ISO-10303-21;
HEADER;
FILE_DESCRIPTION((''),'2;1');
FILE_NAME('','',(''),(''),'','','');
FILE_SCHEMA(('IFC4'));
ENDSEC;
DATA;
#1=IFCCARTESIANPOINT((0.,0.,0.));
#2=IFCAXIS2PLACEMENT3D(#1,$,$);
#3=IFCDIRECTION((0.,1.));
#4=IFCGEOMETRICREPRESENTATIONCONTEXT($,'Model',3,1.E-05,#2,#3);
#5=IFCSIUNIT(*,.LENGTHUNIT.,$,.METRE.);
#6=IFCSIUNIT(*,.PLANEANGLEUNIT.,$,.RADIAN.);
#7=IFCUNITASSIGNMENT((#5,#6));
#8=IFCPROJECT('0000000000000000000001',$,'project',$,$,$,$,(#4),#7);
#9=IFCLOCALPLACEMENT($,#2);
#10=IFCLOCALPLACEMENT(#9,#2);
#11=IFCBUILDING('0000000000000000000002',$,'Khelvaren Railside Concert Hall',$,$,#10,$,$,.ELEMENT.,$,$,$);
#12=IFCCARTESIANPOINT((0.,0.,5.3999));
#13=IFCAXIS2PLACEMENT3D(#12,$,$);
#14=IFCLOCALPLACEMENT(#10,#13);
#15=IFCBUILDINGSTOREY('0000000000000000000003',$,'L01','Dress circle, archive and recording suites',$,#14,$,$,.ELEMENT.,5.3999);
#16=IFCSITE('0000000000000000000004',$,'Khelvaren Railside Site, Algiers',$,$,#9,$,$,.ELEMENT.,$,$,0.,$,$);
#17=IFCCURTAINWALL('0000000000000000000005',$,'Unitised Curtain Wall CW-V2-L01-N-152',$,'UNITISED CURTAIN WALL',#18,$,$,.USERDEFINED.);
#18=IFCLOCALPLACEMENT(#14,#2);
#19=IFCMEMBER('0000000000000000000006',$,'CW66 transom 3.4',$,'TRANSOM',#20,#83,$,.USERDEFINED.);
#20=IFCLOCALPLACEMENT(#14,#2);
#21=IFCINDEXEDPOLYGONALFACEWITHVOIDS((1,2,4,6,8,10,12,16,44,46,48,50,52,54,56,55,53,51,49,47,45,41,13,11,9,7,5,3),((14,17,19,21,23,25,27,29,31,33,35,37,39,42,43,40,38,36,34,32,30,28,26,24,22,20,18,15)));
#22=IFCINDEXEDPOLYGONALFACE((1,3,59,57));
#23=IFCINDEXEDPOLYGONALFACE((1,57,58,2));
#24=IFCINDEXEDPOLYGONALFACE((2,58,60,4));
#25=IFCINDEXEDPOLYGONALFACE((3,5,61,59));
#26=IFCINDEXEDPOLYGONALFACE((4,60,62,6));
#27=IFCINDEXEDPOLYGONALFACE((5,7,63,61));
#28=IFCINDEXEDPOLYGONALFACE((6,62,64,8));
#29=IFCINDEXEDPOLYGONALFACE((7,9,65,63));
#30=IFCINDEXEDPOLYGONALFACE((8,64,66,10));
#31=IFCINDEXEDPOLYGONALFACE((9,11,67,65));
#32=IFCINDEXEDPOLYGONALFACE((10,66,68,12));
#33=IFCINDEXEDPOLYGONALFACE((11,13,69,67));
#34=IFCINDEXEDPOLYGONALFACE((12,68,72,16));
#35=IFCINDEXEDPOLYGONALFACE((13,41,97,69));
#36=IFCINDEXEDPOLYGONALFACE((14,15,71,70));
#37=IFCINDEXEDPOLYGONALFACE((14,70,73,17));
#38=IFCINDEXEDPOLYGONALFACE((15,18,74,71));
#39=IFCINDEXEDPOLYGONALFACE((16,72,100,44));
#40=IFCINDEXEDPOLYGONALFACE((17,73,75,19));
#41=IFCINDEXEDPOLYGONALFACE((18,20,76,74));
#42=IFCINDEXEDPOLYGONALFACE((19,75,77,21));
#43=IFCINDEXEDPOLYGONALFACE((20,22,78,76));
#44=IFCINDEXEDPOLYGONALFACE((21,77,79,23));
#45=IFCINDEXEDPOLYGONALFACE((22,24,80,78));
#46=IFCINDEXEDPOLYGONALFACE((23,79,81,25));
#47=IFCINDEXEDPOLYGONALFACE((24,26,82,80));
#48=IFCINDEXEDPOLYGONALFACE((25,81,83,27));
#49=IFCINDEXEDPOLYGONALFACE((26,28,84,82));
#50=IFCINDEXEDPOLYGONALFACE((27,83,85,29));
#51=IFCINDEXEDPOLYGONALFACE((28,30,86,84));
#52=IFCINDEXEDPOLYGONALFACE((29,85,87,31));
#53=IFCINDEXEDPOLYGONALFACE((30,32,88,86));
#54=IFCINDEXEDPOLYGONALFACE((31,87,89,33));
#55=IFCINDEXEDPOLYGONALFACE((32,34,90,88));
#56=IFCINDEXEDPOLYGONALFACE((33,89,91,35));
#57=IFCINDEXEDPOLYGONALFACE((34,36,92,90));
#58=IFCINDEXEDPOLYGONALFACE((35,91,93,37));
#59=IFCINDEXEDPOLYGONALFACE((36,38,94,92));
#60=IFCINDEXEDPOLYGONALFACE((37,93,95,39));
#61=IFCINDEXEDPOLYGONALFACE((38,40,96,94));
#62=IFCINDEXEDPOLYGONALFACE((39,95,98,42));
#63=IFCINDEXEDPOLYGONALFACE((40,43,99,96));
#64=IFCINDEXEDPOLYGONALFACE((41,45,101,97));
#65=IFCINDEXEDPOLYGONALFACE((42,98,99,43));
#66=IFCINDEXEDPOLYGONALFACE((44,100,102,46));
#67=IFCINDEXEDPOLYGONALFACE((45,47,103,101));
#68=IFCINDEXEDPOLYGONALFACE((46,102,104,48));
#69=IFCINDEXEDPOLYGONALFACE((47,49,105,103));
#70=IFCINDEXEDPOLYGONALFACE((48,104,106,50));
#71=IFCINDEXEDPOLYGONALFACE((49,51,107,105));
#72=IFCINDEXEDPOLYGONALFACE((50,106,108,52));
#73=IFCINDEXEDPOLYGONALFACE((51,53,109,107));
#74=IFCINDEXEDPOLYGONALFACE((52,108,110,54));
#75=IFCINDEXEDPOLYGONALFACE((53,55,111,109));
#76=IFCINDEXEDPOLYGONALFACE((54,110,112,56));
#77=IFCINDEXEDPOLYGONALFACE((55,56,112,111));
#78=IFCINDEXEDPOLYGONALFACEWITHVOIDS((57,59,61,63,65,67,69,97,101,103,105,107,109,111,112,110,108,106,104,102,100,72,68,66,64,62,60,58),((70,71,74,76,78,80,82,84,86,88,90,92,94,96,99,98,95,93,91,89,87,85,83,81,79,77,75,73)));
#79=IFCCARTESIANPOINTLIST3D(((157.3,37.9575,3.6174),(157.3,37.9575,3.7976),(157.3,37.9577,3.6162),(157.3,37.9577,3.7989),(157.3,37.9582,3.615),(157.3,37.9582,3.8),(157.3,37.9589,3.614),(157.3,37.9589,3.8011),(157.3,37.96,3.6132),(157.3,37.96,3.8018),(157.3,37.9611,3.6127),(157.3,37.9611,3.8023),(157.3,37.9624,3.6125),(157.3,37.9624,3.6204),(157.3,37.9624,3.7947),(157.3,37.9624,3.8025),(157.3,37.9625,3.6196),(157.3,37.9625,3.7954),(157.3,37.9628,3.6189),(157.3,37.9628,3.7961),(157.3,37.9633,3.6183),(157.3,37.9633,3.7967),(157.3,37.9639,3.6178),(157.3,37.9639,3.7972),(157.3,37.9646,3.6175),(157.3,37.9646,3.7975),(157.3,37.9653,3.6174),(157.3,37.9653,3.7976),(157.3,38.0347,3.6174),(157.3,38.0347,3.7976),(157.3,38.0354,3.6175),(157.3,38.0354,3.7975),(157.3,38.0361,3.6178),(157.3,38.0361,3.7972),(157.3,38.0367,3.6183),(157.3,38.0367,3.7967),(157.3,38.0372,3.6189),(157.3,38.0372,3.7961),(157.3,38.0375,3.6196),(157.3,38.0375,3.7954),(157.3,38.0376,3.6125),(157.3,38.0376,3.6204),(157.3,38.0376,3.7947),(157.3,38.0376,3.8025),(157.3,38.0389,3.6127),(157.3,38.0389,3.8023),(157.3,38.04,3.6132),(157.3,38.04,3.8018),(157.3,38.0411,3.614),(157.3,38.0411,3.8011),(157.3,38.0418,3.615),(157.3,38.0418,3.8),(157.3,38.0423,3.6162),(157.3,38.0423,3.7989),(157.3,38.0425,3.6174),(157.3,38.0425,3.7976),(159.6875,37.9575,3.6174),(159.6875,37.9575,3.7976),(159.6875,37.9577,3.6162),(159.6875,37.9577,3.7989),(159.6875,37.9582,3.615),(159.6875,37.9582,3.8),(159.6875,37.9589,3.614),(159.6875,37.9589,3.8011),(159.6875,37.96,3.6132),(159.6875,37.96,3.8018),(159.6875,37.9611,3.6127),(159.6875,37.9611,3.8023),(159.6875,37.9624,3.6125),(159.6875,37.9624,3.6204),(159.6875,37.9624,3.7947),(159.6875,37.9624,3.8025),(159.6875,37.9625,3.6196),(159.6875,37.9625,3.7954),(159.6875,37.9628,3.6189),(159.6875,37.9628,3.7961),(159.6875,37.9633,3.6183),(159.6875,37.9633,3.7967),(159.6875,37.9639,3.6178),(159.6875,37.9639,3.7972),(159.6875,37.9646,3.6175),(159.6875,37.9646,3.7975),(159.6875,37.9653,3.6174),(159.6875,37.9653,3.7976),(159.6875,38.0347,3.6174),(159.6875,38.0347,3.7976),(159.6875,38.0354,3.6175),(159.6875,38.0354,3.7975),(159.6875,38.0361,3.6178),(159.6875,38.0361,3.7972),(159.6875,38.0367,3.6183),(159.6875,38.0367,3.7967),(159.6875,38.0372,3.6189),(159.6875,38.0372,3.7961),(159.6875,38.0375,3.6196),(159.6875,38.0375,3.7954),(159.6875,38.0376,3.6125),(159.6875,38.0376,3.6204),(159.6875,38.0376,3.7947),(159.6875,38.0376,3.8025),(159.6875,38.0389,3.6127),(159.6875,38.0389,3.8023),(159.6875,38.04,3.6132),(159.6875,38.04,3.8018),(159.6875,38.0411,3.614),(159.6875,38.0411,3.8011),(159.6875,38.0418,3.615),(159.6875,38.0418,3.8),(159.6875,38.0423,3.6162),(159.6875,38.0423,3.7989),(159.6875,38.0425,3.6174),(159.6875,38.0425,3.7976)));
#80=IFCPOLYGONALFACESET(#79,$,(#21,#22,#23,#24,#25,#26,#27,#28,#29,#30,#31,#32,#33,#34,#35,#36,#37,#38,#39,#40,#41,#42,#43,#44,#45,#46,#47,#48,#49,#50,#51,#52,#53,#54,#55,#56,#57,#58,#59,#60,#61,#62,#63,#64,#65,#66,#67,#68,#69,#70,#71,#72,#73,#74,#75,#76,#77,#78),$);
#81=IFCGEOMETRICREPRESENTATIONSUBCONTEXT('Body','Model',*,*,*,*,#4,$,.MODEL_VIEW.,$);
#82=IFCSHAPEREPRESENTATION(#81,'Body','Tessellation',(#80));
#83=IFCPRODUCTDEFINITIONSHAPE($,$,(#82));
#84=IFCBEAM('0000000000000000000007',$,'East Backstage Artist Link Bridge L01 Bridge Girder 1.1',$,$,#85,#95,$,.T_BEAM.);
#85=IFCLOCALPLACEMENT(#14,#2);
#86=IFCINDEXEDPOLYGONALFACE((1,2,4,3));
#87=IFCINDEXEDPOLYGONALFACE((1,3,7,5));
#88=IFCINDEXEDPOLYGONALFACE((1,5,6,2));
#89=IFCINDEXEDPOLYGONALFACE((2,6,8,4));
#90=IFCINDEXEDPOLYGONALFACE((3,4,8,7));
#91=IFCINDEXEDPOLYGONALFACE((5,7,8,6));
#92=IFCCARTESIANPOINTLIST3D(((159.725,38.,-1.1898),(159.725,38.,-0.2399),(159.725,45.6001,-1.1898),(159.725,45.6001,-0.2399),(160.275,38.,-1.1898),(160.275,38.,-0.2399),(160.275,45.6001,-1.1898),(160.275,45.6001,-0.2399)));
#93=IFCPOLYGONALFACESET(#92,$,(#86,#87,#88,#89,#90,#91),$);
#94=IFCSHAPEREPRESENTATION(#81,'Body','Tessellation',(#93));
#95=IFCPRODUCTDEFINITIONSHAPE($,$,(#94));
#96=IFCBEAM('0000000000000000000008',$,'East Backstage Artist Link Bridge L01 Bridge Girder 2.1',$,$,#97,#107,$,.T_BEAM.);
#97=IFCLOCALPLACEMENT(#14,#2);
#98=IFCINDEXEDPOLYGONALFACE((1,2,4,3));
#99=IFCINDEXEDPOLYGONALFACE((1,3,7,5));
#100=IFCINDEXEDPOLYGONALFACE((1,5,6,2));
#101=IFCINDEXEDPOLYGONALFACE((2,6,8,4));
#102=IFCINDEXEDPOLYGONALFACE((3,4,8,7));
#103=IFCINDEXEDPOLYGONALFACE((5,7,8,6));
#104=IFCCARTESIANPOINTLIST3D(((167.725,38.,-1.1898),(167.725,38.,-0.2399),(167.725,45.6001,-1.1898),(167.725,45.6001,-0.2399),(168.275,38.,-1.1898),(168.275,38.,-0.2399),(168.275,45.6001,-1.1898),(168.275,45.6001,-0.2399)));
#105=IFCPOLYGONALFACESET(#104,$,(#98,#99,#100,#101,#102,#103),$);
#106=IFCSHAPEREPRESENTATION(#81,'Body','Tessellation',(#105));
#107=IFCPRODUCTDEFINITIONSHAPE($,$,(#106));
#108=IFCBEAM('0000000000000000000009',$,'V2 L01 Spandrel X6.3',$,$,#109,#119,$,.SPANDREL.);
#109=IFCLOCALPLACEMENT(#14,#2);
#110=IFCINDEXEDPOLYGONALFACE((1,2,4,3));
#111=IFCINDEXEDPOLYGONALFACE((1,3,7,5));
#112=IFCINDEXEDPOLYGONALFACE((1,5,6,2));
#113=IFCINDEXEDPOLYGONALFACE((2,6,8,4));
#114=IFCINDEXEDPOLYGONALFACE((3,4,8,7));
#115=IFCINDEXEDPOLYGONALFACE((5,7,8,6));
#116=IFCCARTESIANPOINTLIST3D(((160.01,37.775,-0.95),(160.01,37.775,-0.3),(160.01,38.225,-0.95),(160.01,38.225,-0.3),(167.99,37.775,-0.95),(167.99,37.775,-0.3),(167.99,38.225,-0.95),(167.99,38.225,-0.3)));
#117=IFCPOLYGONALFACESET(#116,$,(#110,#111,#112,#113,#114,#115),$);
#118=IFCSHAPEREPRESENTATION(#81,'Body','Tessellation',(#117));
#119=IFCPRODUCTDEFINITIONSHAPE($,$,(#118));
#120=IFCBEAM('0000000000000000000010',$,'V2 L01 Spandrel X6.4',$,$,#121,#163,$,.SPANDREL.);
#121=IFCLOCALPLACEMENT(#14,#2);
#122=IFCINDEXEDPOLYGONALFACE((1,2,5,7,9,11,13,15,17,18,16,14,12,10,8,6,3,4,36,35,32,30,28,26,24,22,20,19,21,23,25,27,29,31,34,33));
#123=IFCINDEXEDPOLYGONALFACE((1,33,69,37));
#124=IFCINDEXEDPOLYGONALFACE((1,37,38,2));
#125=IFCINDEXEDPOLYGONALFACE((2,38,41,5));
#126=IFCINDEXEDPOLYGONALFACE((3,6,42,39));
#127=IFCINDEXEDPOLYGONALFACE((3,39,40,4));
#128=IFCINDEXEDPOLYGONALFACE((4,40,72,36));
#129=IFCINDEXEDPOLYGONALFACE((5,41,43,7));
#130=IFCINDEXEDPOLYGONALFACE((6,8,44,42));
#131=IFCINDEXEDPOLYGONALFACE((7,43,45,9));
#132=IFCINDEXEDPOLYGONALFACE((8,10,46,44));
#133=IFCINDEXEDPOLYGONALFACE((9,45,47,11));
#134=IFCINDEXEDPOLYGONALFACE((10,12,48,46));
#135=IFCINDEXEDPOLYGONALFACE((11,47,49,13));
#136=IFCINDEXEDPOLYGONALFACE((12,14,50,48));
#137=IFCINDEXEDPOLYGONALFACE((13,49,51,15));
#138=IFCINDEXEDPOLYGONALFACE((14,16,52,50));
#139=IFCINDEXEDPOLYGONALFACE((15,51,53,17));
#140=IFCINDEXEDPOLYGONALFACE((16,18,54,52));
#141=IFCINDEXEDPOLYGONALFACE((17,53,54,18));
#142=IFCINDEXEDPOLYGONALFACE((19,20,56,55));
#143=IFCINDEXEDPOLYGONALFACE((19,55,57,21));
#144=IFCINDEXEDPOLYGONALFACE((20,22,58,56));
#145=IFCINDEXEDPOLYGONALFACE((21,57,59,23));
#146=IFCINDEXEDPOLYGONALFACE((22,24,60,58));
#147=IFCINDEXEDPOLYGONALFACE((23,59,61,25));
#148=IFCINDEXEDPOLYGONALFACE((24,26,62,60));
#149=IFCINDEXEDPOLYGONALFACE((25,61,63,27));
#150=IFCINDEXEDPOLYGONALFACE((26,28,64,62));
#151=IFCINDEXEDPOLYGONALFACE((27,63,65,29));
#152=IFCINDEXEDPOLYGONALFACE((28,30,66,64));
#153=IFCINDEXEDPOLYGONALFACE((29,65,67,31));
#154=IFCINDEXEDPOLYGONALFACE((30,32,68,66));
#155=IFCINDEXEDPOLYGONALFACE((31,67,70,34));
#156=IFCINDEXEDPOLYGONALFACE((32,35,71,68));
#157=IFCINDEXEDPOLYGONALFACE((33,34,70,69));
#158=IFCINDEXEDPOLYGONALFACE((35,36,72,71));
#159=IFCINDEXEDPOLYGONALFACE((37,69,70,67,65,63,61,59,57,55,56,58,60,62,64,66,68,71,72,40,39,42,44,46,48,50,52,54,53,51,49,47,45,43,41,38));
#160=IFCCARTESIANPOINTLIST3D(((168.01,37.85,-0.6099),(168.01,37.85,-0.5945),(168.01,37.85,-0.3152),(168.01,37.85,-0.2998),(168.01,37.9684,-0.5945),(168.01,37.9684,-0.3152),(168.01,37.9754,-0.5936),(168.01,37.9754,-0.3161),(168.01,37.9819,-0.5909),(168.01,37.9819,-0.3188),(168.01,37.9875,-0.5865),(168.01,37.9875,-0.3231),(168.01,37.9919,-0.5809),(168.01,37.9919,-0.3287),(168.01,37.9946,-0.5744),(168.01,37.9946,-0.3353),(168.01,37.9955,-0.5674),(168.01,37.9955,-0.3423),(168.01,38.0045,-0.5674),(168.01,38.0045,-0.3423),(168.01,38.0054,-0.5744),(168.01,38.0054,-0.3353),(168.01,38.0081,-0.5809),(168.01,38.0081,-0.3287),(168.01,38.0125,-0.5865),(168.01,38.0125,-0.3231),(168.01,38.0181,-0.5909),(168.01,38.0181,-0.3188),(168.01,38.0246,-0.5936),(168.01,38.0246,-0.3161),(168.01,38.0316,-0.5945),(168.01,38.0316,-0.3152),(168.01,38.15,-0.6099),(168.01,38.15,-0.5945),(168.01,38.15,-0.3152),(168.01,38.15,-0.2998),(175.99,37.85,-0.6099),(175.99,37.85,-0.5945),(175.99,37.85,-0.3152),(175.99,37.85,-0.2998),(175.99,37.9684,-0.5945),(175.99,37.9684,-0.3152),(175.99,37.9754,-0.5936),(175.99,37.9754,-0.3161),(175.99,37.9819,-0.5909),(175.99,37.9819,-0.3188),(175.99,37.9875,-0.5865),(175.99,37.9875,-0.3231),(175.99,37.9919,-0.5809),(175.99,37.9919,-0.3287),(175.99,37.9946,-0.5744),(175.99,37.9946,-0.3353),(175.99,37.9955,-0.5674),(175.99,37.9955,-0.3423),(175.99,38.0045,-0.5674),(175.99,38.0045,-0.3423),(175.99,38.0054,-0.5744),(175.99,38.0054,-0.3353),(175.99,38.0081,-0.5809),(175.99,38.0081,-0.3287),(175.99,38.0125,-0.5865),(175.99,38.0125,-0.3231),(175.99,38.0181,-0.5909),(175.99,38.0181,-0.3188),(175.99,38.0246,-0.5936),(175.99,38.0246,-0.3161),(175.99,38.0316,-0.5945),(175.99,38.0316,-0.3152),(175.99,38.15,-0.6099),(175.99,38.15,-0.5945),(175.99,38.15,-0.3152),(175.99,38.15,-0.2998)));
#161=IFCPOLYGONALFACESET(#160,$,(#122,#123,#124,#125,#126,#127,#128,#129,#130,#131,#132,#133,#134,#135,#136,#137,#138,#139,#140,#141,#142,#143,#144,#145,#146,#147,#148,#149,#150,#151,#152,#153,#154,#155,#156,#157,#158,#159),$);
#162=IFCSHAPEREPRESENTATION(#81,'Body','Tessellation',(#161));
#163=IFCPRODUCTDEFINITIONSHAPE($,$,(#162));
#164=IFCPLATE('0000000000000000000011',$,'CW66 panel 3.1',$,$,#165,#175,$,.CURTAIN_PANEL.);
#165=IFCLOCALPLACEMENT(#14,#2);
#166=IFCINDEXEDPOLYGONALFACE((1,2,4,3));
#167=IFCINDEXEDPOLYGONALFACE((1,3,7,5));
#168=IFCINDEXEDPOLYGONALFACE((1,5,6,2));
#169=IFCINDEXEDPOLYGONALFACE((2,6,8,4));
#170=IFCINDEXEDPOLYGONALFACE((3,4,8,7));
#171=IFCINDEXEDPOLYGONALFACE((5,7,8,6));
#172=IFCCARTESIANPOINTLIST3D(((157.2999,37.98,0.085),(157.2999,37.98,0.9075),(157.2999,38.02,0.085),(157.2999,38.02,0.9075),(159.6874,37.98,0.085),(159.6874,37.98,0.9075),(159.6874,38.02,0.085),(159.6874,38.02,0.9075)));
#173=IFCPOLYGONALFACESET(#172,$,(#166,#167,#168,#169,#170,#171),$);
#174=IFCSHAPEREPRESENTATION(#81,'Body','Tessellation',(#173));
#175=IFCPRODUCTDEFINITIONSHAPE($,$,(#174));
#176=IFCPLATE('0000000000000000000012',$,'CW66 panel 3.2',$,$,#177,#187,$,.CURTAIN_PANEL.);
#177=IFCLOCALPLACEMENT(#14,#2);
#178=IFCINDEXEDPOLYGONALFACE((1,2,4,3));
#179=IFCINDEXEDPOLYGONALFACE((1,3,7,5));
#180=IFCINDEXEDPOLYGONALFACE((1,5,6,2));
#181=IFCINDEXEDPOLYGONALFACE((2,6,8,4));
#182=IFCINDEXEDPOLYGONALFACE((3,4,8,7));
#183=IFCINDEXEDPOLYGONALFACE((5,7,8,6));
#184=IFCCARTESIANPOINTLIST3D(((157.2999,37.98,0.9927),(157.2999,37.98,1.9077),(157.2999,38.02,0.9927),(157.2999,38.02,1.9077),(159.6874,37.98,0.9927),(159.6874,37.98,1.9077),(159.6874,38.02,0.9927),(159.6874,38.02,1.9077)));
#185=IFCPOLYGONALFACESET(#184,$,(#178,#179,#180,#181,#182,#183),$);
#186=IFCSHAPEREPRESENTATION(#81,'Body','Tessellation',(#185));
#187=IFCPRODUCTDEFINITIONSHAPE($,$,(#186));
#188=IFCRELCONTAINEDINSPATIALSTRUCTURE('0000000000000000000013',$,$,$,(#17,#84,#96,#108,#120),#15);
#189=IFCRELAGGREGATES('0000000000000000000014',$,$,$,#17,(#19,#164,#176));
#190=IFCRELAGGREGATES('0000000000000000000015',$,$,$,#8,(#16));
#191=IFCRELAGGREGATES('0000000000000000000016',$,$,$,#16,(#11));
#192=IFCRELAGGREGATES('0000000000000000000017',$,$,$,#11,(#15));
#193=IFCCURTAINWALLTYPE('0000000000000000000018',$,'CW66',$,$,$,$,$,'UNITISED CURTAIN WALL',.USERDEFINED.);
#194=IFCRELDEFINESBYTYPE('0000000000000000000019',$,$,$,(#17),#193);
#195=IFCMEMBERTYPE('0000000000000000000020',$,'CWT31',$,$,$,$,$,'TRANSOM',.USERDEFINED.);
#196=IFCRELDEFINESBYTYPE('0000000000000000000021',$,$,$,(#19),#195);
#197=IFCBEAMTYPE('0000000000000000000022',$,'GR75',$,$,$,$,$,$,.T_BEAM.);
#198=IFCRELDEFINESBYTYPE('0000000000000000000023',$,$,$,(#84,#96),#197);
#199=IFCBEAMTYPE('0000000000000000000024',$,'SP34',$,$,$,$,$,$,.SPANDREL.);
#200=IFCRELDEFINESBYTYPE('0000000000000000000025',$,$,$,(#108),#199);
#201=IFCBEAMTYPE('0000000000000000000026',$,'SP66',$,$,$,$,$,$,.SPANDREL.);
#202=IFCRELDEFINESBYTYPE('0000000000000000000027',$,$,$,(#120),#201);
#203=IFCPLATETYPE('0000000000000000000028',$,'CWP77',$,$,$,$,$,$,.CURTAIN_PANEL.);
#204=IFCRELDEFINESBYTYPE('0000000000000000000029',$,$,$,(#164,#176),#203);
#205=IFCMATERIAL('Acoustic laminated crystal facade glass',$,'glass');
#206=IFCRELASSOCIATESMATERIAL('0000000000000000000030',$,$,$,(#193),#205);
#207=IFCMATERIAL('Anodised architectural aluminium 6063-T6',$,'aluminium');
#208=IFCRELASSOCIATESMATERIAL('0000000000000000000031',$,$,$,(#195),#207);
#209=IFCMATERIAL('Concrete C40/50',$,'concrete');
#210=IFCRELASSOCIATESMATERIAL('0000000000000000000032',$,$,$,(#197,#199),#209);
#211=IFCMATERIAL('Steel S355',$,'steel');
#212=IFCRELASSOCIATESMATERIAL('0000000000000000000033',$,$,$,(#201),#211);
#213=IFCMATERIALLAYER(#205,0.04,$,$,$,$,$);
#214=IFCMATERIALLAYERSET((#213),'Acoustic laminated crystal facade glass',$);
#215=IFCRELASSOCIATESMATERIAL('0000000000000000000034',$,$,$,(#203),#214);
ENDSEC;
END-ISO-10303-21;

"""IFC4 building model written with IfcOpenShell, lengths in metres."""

from ifc_helpers import new_model, si_unit, direction, frame, origin, origin_2d, place, context, subcontext, project, spatial, rectangle, hollow_rectangle, i_section, extrude, material, layer, layer_set, material_profile, profile_set, type_object, element, aggregate, save


model = new_model("IFC4")

# Units and contexts
model_context = context("Model", 3, precision=1e-05, world=origin(), true_north=direction((0.0, 1.0)))
body_context = subcontext(model_context, "Body", "Model", "MODEL_VIEW")
ifc_project = project(units=[si_unit("LENGTHUNIT", "METRE"), si_unit("PLANEANGLEUNIT", "RADIAN")], contexts=[model_context])

# Site, building, storey
site_placement = place(None, origin())
site = spatial("IfcSite", under=ifc_project, at=site_placement, Name="Khelvaren Railside Site, Algiers", CompositionType="ELEMENT", RefElevation=0.0)
building_placement = place(site_placement, origin())
building = spatial("IfcBuilding", under=site, at=building_placement, Name="Khelvaren Railside Concert Hall", CompositionType="ELEMENT")
storey_placement = place(building_placement, frame((0.0, 0.0, 5.3999)))
storey = spatial("IfcBuildingStorey", under=building, at=storey_placement, Name="L01", Description="Dress circle, archive and recording suites", CompositionType="ELEMENT", Elevation=5.3999)

# Shared definitions
ifc_material_1 = material(Name="Steel S355", Category="steel")

# Curtain wall, member
ifc_material_2 = material(Name="Acoustic laminated crystal facade glass", Category="glass")
curtain_wall_type = type_object("IfcCurtainWallType", Name="CW66", ElementType="UNITISED CURTAIN WALL", PredefinedType="USERDEFINED", material=ifc_material_2)
curtain_wall_placement = place(storey_placement, origin())
curtain_wall = element("IfcCurtainWall", 1, at=curtain_wall_placement, inside=storey, type_object=curtain_wall_type, Name="Unitised Curtain Wall CW-V2-L01-N-152", ObjectType="UNITISED CURTAIN WALL", PredefinedType="USERDEFINED")
ifc_material_3 = material(Name="Anodised architectural aluminium 6063-T6", Category="aluminium")
ifc_material_profile_1 = material_profile(ifc_material_3, hollow_rectangle(XDim=0.085, YDim=0.1899, WallThickness=0.0049, InnerFilletRadius=0.0029, OuterFilletRadius=0.0049, at=origin_2d()), Name="CWT 85x190x5")
ifc_profile_set_1 = profile_set([ifc_material_profile_1], Name="Anodised architectural aluminium 6063-T6")
member_type_1 = type_object("IfcMemberType", Name="CWT31", ElementType="TRANSOM", PredefinedType="USERDEFINED", material=ifc_profile_set_1)
member_1_placement = place(storey_placement, frame((157.3, 38.0, 3.7075), z_axis=(1.0, 0.0, 0.0), x_axis=(0.0, 1.0, 0.0)))
member_1 = element("IfcMember", 2, at=member_1_placement, type_object=member_type_1, Name="CW66 transom 3.4", ObjectType="TRANSOM", PredefinedType="USERDEFINED", context=body_context, shape_type="SweptSolid", body=[
    extrude(hollow_rectangle(XDim=0.085, YDim=0.1899, WallThickness=0.0049, InnerFilletRadius=0.0029, OuterFilletRadius=0.0049, at=origin_2d()), origin(), (0.0, 0.0, 1.0), 2.3875),
])

# Beams
ifc_material_4 = material(Name="Concrete C40/50", Category="concrete")
ifc_material_profile_2 = material_profile(ifc_material_4, rectangle(XDim=0.55, YDim=0.95, at=origin_2d()), Name="RCB 550x950")
ifc_profile_set_2 = profile_set([ifc_material_profile_2], Name="Concrete C40/50")
beam_type_1 = type_object("IfcBeamType", Name="GR75", PredefinedType="T_BEAM", material=ifc_profile_set_2)
for number, where, z_axis, x_axis, name in (
    (3, (160.0, 38.0, -0.7148), (0.0, 1.0, 0.0), (-1.0, 0.0, 0.0), "East Backstage Artist Link Bridge L01 Bridge Girder 1.1"),
    (4, (168.0, 38.0, -0.7148), (0.0, 1.0, 0.0), (-1.0, 0.0, 0.0), "East Backstage Artist Link Bridge L01 Bridge Girder 2.1"),
):
    element("IfcBeam", number, at=place(storey_placement, frame(where, z_axis=z_axis, x_axis=x_axis)), inside=storey, type_object=beam_type_1, Name=name, PredefinedType="T_BEAM", context=body_context, shape_type="SweptSolid", body=[
        extrude(rectangle(XDim=0.55, YDim=0.95, at=origin_2d()), origin(), (0.0, 0.0, 1.0), 7.6001),
    ])
ifc_material_profile_3 = material_profile(ifc_material_4, rectangle(XDim=0.45, YDim=0.6499, at=origin_2d()), Name="RCB 450x650")
ifc_profile_set_3 = profile_set([ifc_material_profile_3], Name="Concrete C40/50")
beam_type_2 = type_object("IfcBeamType", Name="SP34", PredefinedType="SPANDREL", material=ifc_profile_set_3)
beam_1_placement = place(storey_placement, frame((160.01, 38.0, -0.625), z_axis=(1.0, 0.0, 0.0), x_axis=(0.0, 1.0, 0.0)))
element("IfcBeam", 5, at=beam_1_placement, inside=storey, type_object=beam_type_2, Name="V2 L01 Spandrel X6.3", PredefinedType="SPANDREL", context=body_context, shape_type="SweptSolid", body=[
    extrude(rectangle(XDim=0.45, YDim=0.6499, at=origin_2d()), origin(), (0.0, 0.0, 1.0), 7.98),
])
ifc_material_profile_4 = material_profile(ifc_material_1, i_section(OverallWidth=0.3, OverallDepth=0.3101, WebThickness=0.009, FlangeThickness=0.0154, FilletRadius=0.0271, at=origin_2d()), Name="HEA 320")
ifc_profile_set_4 = profile_set([ifc_material_profile_4], Name="Steel S355")
beam_type_3 = type_object("IfcBeamType", Name="SP66", PredefinedType="SPANDREL", material=ifc_profile_set_4)
beam_2_placement = place(storey_placement, frame((168.01, 38.0, -0.4548), z_axis=(1.0, 0.0, 0.0), x_axis=(0.0, 1.0, 0.0)))
element("IfcBeam", 6, at=beam_2_placement, inside=storey, type_object=beam_type_3, Name="V2 L01 Spandrel X6.4", PredefinedType="SPANDREL", context=body_context, shape_type="SweptSolid", body=[
    extrude(i_section(OverallWidth=0.3, OverallDepth=0.3101, WebThickness=0.009, FlangeThickness=0.0154, FilletRadius=0.0271, at=origin_2d()), origin(), (0.0, 0.0, 1.0), 7.98),
])

# Plates
ifc_layer_1 = layer(ifc_material_2, 0.04)
ifc_layer_set_1 = layer_set([ifc_layer_1], Name="Acoustic laminated crystal facade glass")
plate_type = type_object("IfcPlateType", Name="CWP77", PredefinedType="CURTAIN_PANEL", material=ifc_layer_set_1)
plate_1_placement = place(storey_placement, frame((158.4937, 38.0, 0.085), z_axis=(0.0, 0.0, 1.0), x_axis=(1.0, 0.0, 0.0)))
plate_1 = element("IfcPlate", 7, at=plate_1_placement, type_object=plate_type, Name="CW66 panel 3.1", PredefinedType="CURTAIN_PANEL", context=body_context, shape_type="SweptSolid", body=[
    extrude(rectangle(XDim=2.3875, YDim=0.04, at=origin_2d()), origin(), (0.0, 0.0, 1.0), 0.8225),
])
plate_2_placement = place(storey_placement, frame((158.4937, 38.0, 0.9927), z_axis=(0.0, 0.0, 1.0), x_axis=(1.0, 0.0, 0.0)))
plate_2 = element("IfcPlate", 8, at=plate_2_placement, type_object=plate_type, Name="CW66 panel 3.2", PredefinedType="CURTAIN_PANEL", context=body_context, shape_type="SweptSolid", body=[
    extrude(rectangle(XDim=2.3875, YDim=0.04, at=origin_2d()), origin(), (0.0, 0.0, 1.0), 0.915),
])
aggregate(curtain_wall, [member_1, plate_1, plate_2])

save(model, "model.ifc")
